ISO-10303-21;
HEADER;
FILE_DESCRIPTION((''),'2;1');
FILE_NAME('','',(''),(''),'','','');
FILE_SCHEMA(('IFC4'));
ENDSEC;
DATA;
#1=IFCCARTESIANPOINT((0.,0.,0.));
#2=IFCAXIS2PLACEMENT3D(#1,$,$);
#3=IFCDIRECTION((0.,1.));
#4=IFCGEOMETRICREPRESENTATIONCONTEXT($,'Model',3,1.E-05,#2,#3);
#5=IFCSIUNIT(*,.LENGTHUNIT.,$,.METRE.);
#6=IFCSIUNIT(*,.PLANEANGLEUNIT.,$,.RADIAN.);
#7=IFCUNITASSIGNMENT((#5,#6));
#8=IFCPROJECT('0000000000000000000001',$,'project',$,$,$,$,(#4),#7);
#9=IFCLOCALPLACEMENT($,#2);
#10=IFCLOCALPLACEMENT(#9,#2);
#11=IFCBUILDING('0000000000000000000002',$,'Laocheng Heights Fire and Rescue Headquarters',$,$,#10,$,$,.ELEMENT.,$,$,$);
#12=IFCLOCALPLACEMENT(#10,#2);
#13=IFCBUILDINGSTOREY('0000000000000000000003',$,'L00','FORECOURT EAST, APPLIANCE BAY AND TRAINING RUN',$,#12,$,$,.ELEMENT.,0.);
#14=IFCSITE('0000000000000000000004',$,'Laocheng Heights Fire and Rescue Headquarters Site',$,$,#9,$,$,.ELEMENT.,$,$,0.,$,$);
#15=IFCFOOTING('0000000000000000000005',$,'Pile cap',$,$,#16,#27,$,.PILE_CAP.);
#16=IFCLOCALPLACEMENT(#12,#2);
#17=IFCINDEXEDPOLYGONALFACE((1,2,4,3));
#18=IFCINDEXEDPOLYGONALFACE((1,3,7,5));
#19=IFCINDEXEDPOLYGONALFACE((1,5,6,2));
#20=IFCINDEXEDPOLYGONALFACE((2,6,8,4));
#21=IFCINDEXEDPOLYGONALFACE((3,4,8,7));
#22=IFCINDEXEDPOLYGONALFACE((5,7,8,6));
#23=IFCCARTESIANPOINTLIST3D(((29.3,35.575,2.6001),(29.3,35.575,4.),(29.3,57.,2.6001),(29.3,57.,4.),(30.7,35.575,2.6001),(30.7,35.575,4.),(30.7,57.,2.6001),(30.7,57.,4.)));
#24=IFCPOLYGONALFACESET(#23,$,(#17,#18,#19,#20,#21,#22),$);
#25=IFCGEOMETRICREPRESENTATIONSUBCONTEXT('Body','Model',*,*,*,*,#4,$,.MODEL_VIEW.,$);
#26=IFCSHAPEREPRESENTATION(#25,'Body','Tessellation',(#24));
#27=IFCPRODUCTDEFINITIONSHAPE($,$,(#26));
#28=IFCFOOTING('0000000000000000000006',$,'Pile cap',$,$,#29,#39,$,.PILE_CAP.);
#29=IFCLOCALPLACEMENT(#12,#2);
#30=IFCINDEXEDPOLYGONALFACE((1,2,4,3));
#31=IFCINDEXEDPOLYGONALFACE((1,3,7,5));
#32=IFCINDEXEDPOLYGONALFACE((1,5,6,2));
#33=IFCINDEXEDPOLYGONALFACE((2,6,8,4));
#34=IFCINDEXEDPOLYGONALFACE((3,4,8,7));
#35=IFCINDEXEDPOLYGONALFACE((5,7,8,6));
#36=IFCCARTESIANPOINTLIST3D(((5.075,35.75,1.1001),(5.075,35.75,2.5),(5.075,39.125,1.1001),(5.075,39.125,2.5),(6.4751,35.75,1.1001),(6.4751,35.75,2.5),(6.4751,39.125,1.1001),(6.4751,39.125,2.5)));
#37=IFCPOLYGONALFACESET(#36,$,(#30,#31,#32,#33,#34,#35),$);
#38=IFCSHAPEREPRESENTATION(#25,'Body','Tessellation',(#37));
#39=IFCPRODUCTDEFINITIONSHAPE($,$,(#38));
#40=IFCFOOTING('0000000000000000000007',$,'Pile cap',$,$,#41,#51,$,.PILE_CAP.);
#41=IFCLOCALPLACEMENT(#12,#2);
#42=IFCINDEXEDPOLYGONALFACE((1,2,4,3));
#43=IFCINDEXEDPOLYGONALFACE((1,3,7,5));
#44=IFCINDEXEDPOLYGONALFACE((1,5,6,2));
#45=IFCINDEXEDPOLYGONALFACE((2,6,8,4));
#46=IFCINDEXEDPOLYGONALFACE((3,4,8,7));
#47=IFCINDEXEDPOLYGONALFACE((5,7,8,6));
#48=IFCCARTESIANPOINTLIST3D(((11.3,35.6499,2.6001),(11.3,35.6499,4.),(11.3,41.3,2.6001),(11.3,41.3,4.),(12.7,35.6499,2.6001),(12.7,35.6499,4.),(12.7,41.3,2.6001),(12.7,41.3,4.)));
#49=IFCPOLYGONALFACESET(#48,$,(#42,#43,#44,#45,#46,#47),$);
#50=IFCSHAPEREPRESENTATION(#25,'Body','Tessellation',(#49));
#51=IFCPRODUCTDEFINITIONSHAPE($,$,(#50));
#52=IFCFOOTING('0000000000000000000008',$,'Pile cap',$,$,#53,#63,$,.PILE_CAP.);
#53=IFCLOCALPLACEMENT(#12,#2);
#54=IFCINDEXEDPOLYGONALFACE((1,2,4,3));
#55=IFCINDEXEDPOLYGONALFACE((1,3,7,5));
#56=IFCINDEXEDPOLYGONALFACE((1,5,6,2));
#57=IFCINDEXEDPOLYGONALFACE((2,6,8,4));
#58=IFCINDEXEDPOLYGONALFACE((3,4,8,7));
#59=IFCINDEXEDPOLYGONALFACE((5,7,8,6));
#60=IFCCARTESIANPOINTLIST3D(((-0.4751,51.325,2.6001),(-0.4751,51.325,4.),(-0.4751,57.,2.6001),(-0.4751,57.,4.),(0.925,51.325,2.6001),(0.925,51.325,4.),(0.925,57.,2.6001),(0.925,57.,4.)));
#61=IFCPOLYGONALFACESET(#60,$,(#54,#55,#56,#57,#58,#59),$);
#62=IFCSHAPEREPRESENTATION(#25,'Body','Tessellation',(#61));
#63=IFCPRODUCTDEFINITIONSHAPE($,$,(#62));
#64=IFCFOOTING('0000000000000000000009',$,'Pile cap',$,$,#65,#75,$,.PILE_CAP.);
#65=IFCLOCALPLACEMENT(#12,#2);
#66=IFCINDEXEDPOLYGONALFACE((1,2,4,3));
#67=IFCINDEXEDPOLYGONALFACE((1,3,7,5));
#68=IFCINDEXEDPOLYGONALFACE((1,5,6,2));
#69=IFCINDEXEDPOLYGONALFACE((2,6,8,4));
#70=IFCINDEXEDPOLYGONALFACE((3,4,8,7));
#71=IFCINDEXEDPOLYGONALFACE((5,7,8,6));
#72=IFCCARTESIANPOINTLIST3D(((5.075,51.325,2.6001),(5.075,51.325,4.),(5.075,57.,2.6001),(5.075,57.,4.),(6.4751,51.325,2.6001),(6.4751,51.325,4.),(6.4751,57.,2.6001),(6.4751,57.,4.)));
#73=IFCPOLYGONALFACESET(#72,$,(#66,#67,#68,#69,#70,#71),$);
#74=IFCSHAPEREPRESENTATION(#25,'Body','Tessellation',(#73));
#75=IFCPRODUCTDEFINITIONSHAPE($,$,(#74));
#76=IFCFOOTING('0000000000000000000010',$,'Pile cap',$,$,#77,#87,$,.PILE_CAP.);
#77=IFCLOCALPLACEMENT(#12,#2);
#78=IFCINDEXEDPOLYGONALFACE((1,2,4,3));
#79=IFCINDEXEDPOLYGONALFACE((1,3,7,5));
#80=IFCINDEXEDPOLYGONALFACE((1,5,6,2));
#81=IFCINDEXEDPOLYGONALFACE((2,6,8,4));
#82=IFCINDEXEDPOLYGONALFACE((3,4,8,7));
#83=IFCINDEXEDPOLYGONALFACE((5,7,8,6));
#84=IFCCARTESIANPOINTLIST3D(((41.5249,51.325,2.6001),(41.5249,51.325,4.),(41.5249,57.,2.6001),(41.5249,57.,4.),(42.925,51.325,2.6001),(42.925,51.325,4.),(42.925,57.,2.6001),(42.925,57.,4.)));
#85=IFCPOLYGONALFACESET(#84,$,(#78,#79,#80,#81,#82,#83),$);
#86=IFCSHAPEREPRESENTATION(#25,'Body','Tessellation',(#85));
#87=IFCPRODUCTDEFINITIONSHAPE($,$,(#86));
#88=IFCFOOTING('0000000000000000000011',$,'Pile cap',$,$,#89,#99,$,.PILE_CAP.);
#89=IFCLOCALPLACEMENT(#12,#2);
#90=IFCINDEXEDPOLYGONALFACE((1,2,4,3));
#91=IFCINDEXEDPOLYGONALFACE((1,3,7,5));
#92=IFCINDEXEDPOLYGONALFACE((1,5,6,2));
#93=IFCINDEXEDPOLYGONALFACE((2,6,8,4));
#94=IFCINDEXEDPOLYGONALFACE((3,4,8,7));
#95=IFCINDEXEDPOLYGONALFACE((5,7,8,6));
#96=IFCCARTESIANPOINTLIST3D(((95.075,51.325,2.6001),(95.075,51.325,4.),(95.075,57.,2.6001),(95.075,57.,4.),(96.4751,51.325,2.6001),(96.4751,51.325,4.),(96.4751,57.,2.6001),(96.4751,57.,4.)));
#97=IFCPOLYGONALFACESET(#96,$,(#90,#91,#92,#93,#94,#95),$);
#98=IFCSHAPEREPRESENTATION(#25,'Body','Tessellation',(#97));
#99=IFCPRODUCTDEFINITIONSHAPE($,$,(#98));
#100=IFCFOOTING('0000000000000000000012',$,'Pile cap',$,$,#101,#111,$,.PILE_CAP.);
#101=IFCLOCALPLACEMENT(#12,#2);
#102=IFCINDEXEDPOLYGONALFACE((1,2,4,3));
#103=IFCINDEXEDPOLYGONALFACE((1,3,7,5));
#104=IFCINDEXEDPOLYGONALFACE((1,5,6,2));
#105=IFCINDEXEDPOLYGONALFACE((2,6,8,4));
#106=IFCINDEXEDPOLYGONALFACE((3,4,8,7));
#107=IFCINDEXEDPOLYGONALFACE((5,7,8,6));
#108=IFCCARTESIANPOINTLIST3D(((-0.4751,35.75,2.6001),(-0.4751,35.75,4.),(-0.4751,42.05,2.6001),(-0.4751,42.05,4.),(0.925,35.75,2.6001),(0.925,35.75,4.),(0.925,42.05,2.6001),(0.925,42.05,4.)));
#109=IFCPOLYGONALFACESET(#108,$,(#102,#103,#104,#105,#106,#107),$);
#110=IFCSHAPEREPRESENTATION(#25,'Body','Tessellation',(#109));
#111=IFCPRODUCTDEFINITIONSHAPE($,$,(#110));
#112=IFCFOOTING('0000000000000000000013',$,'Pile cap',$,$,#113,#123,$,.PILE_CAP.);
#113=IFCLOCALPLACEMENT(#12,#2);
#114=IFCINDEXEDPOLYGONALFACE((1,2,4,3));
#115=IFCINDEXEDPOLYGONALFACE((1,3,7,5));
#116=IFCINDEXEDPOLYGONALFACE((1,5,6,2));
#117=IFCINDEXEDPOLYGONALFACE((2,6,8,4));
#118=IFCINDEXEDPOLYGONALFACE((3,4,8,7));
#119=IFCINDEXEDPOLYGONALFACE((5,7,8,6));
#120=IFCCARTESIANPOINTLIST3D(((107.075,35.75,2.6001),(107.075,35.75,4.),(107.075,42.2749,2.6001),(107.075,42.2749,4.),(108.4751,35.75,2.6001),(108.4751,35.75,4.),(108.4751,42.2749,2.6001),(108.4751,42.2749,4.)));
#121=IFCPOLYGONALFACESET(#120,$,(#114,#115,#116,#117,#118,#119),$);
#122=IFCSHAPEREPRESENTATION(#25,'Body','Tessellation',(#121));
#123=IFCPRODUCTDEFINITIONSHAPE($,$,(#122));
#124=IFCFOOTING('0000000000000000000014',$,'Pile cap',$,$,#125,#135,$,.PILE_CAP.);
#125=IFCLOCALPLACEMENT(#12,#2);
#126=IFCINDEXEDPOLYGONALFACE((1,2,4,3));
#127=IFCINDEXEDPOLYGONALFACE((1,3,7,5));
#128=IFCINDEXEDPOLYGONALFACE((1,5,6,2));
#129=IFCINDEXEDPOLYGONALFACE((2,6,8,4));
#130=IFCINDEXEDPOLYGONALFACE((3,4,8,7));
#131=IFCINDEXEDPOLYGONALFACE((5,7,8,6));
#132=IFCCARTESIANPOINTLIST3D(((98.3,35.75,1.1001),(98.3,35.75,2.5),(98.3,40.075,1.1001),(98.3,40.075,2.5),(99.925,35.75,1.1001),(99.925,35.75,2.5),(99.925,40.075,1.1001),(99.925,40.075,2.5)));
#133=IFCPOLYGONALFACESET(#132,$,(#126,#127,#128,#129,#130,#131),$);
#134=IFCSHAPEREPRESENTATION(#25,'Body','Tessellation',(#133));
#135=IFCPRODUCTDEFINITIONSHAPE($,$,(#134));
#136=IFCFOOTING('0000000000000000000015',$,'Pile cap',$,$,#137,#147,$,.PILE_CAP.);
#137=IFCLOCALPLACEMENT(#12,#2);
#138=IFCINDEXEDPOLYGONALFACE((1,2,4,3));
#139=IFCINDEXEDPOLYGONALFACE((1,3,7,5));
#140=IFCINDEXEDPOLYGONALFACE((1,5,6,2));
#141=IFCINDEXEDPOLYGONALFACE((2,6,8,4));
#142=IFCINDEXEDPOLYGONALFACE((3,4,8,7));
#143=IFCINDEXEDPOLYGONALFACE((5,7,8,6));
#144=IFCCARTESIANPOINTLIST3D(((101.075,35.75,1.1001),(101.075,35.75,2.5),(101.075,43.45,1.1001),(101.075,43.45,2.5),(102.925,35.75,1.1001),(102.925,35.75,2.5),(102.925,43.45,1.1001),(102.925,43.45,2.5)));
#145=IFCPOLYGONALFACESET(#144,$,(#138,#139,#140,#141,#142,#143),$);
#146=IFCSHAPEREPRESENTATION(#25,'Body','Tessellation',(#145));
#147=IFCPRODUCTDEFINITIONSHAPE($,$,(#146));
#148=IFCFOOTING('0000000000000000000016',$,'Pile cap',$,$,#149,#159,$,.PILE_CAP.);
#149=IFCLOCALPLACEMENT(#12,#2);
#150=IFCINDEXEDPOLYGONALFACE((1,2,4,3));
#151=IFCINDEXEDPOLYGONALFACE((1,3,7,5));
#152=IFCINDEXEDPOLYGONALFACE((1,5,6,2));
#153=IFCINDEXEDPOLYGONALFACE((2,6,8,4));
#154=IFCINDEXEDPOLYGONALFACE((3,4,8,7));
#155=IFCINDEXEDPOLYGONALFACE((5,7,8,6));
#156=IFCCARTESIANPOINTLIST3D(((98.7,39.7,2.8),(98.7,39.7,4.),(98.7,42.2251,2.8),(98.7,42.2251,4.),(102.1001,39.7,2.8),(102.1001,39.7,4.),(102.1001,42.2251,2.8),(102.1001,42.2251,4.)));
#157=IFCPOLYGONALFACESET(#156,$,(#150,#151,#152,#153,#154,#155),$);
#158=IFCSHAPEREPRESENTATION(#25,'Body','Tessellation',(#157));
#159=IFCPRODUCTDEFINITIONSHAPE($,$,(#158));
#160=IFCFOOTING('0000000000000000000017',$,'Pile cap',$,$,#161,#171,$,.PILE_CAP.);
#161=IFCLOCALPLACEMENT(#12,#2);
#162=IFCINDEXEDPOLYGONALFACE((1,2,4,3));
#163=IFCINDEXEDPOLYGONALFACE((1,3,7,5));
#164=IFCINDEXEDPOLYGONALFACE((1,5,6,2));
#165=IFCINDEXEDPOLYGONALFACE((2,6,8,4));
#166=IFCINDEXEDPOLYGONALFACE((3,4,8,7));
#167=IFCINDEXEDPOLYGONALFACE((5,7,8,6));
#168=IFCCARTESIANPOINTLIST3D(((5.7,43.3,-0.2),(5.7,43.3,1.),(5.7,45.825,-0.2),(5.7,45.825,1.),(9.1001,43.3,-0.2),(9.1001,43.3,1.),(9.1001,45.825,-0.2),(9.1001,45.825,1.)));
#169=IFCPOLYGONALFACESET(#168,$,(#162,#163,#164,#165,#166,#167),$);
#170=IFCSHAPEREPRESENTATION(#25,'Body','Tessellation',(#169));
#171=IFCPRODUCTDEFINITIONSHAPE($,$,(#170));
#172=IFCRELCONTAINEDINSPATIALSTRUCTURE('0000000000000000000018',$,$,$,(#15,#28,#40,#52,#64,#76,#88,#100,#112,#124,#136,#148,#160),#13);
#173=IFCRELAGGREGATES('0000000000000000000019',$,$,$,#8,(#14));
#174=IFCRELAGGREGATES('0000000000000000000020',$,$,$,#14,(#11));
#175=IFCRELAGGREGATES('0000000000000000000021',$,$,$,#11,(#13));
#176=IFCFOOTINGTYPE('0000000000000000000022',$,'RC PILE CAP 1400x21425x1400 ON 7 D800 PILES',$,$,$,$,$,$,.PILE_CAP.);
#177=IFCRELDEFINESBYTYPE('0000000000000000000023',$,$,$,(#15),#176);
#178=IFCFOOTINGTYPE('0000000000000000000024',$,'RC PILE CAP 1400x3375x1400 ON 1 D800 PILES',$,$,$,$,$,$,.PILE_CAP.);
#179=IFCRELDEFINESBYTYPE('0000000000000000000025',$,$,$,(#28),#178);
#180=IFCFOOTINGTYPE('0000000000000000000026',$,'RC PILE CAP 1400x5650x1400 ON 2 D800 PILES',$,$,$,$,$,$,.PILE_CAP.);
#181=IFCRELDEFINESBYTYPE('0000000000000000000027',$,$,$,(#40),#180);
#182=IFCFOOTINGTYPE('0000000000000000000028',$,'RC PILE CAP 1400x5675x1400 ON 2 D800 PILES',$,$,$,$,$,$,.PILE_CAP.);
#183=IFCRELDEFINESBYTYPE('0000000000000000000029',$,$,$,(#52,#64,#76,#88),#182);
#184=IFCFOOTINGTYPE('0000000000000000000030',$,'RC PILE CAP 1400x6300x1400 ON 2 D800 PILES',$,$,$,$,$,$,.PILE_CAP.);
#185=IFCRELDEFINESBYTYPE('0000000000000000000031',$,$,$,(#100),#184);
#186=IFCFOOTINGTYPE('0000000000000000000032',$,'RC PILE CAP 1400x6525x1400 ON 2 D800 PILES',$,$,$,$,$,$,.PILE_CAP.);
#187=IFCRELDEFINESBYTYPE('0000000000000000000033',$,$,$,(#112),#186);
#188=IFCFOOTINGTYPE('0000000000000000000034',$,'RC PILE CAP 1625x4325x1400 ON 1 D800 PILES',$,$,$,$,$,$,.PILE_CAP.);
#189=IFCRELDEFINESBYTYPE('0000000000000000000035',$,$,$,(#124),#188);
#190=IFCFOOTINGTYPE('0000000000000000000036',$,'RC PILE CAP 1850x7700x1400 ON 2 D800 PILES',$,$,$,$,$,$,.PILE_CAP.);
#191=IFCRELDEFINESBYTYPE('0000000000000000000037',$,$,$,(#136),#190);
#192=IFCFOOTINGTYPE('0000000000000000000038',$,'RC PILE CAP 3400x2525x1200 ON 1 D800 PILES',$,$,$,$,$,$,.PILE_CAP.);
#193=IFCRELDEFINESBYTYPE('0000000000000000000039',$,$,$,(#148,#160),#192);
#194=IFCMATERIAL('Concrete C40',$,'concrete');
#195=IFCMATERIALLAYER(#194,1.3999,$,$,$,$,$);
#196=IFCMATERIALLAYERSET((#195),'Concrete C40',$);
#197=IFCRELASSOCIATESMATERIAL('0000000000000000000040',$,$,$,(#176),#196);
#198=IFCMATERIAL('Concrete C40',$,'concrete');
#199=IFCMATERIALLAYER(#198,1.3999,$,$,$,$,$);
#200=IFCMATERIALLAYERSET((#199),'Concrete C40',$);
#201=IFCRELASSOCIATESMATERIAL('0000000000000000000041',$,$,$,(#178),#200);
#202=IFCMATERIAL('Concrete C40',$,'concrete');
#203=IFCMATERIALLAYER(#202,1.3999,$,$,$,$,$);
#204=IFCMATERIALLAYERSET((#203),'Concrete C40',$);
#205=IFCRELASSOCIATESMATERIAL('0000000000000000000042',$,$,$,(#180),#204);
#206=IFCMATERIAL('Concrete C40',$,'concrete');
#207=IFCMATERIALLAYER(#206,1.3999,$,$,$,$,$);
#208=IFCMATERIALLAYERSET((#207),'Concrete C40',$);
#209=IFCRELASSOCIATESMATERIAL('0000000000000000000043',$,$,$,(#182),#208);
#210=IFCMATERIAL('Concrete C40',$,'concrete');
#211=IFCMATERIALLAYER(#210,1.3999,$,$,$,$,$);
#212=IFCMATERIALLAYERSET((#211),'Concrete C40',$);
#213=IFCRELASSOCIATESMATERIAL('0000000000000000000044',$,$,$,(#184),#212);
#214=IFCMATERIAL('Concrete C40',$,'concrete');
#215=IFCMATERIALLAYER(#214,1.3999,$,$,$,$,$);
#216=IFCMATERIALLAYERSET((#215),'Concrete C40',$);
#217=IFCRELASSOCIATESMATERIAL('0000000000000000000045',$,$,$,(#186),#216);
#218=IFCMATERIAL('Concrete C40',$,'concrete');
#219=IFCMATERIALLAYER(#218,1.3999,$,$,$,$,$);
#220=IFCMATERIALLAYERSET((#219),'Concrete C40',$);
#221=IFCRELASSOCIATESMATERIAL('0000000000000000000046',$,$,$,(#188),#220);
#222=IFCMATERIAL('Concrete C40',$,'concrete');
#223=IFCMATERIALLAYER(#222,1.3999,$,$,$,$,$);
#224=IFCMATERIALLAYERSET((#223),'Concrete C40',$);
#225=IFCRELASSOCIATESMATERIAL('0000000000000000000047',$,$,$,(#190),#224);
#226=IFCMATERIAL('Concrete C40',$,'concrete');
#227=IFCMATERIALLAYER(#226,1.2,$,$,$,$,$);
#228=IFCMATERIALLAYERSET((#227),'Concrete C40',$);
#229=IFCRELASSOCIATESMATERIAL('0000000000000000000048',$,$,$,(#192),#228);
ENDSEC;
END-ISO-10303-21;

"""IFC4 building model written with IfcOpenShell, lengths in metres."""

from ifc_helpers import new_model, si_unit, direction, frame, origin, place, context, subcontext, project, spatial, polyline, outline, extrude, material, layer, layer_set, type_object, element, save


model = new_model("IFC4")

# Units and contexts
model_context = context("Model", 3, precision=1e-05, world=origin(), true_north=direction((0.0, 1.0)))
body_context = subcontext(model_context, "Body", "Model", "MODEL_VIEW")
ifc_project = project(units=[si_unit("LENGTHUNIT", "METRE"), si_unit("PLANEANGLEUNIT", "RADIAN")], contexts=[model_context])

# Site, building, storey
site_placement = place(None, origin())
site = spatial("IfcSite", under=ifc_project, at=site_placement, Name="Laocheng Heights Fire and Rescue Headquarters Site", CompositionType="ELEMENT", RefElevation=0.0)
building_placement = place(site_placement, origin())
building = spatial("IfcBuilding", under=site, at=building_placement, Name="Laocheng Heights Fire and Rescue Headquarters", CompositionType="ELEMENT")
storey_placement = place(building_placement, origin())
storey = spatial("IfcBuildingStorey", under=building, at=storey_placement, Name="L00", Description="FORECOURT EAST, APPLIANCE BAY AND TRAINING RUN", CompositionType="ELEMENT", Elevation=0.0)

# Footings
ifc_material_1 = material(Name="Concrete C40", Category="concrete")
ifc_layer_1 = layer(ifc_material_1, 1.3999)
ifc_layer_set_1 = layer_set([ifc_layer_1], Name="Concrete C40")
footing_type_1 = type_object("IfcFootingType", Name="RC PILE CAP 1400x21425x1400 ON 7 D800 PILES", PredefinedType="PILE_CAP", material=ifc_layer_set_1)
footing_1_placement = place(storey_placement, frame((0.0, 0.0, 2.6001)))
element("IfcFooting", 1, at=footing_1_placement, inside=storey, type_object=footing_type_1, Name="Pile cap", PredefinedType="PILE_CAP", context=body_context, shape_type="SweptSolid", body=[
    extrude(outline(polyline([(30.7, 57.0), (29.3, 57.0), (29.3, 35.575), (30.7, 35.575), (30.7, 57.0)])), origin(), (0.0, 0.0, 1.0), 1.3999),
])
ifc_material_2 = material(Name="Concrete C40", Category="concrete")
ifc_layer_2 = layer(ifc_material_2, 1.3999)
ifc_layer_set_2 = layer_set([ifc_layer_2], Name="Concrete C40")
footing_type_2 = type_object("IfcFootingType", Name="RC PILE CAP 1400x3375x1400 ON 1 D800 PILES", PredefinedType="PILE_CAP", material=ifc_layer_set_2)
footing_2_placement = place(storey_placement, frame((0.0, 0.0, 1.1001)))
element("IfcFooting", 2, at=footing_2_placement, inside=storey, type_object=footing_type_2, Name="Pile cap", PredefinedType="PILE_CAP", context=body_context, shape_type="SweptSolid", body=[
    extrude(outline(polyline([(6.4751, 35.75), (6.4751, 39.125), (5.075, 39.125), (5.075, 35.75), (6.4751, 35.75)])), origin(), (0.0, 0.0, 1.0), 1.3999),
])
ifc_material_3 = material(Name="Concrete C40", Category="concrete")
ifc_layer_3 = layer(ifc_material_3, 1.3999)
ifc_layer_set_3 = layer_set([ifc_layer_3], Name="Concrete C40")
footing_type_3 = type_object("IfcFootingType", Name="RC PILE CAP 1400x5650x1400 ON 2 D800 PILES", PredefinedType="PILE_CAP", material=ifc_layer_set_3)
footing_3_placement = place(storey_placement, frame((0.0, 0.0, 2.6001)))
element("IfcFooting", 3, at=footing_3_placement, inside=storey, type_object=footing_type_3, Name="Pile cap", PredefinedType="PILE_CAP", context=body_context, shape_type="SweptSolid", body=[
    extrude(outline(polyline([(12.7, 35.6499), (12.7, 41.3), (11.3, 41.3), (11.3, 35.6499), (12.7, 35.6499)])), origin(), (0.0, 0.0, 1.0), 1.3999),
])
ifc_material_4 = material(Name="Concrete C40", Category="concrete")
ifc_layer_4 = layer(ifc_material_4, 1.3999)
ifc_layer_set_4 = layer_set([ifc_layer_4], Name="Concrete C40")
footing_type_4 = type_object("IfcFootingType", Name="RC PILE CAP 1400x5675x1400 ON 2 D800 PILES", PredefinedType="PILE_CAP", material=ifc_layer_set_4)
footing_4_placement = place(storey_placement, frame((0.0, 0.0, 2.6001)))
element("IfcFooting", 4, at=footing_4_placement, inside=storey, type_object=footing_type_4, Name="Pile cap", PredefinedType="PILE_CAP", context=body_context, shape_type="SweptSolid", body=[
    extrude(outline(polyline([(0.925, 51.325), (0.925, 57.0), (-0.4751, 57.0), (-0.4751, 51.325), (0.925, 51.325)])), origin(), (0.0, 0.0, 1.0), 1.3999),
])
footing_5_placement = place(storey_placement, frame((0.0, 0.0, 2.6001)))
element("IfcFooting", 5, at=footing_5_placement, inside=storey, type_object=footing_type_4, Name="Pile cap", PredefinedType="PILE_CAP", context=body_context, shape_type="SweptSolid", body=[
    extrude(outline(polyline([(6.4751, 51.325), (6.4751, 57.0), (5.075, 57.0), (5.075, 51.325), (6.4751, 51.325)])), origin(), (0.0, 0.0, 1.0), 1.3999),
])
footing_6_placement = place(storey_placement, frame((0.0, 0.0, 2.6001)))
element("IfcFooting", 6, at=footing_6_placement, inside=storey, type_object=footing_type_4, Name="Pile cap", PredefinedType="PILE_CAP", context=body_context, shape_type="SweptSolid", body=[
    extrude(outline(polyline([(42.925, 51.325), (42.925, 57.0), (41.5249, 57.0), (41.5249, 51.325), (42.925, 51.325)])), origin(), (0.0, 0.0, 1.0), 1.3999),
])
footing_7_placement = place(storey_placement, frame((0.0, 0.0, 2.6001)))
element("IfcFooting", 7, at=footing_7_placement, inside=storey, type_object=footing_type_4, Name="Pile cap", PredefinedType="PILE_CAP", context=body_context, shape_type="SweptSolid", body=[
    extrude(outline(polyline([(96.4751, 51.325), (96.4751, 57.0), (95.075, 57.0), (95.075, 51.325), (96.4751, 51.325)])), origin(), (0.0, 0.0, 1.0), 1.3999),
])
ifc_material_5 = material(Name="Concrete C40", Category="concrete")
ifc_layer_5 = layer(ifc_material_5, 1.3999)
ifc_layer_set_5 = layer_set([ifc_layer_5], Name="Concrete C40")
footing_type_5 = type_object("IfcFootingType", Name="RC PILE CAP 1400x6300x1400 ON 2 D800 PILES", PredefinedType="PILE_CAP", material=ifc_layer_set_5)
footing_8_placement = place(storey_placement, frame((0.0, 0.0, 2.6001)))
element("IfcFooting", 8, at=footing_8_placement, inside=storey, type_object=footing_type_5, Name="Pile cap", PredefinedType="PILE_CAP", context=body_context, shape_type="SweptSolid", body=[
    extrude(outline(polyline([(0.925, 35.75), (0.925, 42.05), (-0.4751, 42.05), (-0.4751, 35.75), (0.925, 35.75)])), origin(), (0.0, 0.0, 1.0), 1.3999),
])
ifc_material_6 = material(Name="Concrete C40", Category="concrete")
ifc_layer_6 = layer(ifc_material_6, 1.3999)
ifc_layer_set_6 = layer_set([ifc_layer_6], Name="Concrete C40")
footing_type_6 = type_object("IfcFootingType", Name="RC PILE CAP 1400x6525x1400 ON 2 D800 PILES", PredefinedType="PILE_CAP", material=ifc_layer_set_6)
footing_9_placement = place(storey_placement, frame((0.0, 0.0, 2.6001)))
element("IfcFooting", 9, at=footing_9_placement, inside=storey, type_object=footing_type_6, Name="Pile cap", PredefinedType="PILE_CAP", context=body_context, shape_type="SweptSolid", body=[
    extrude(outline(polyline([(108.4751, 35.75), (108.4751, 42.2749), (107.075, 42.2749), (107.075, 35.75), (108.4751, 35.75)])), origin(), (0.0, 0.0, 1.0), 1.3999),
])
ifc_material_7 = material(Name="Concrete C40", Category="concrete")
ifc_layer_7 = layer(ifc_material_7, 1.3999)
ifc_layer_set_7 = layer_set([ifc_layer_7], Name="Concrete C40")
footing_type_7 = type_object("IfcFootingType", Name="RC PILE CAP 1625x4325x1400 ON 1 D800 PILES", PredefinedType="PILE_CAP", material=ifc_layer_set_7)
footing_10_placement = place(storey_placement, frame((0.0, 0.0, 1.1001)))
element("IfcFooting", 10, at=footing_10_placement, inside=storey, type_object=footing_type_7, Name="Pile cap", PredefinedType="PILE_CAP", context=body_context, shape_type="SweptSolid", body=[
    extrude(outline(polyline([(99.925, 35.75), (99.925, 40.075), (98.3, 40.075), (98.3, 35.75), (99.925, 35.75)])), origin(), (0.0, 0.0, 1.0), 1.3999),
])
ifc_material_8 = material(Name="Concrete C40", Category="concrete")
ifc_layer_8 = layer(ifc_material_8, 1.3999)
ifc_layer_set_8 = layer_set([ifc_layer_8], Name="Concrete C40")
footing_type_8 = type_object("IfcFootingType", Name="RC PILE CAP 1850x7700x1400 ON 2 D800 PILES", PredefinedType="PILE_CAP", material=ifc_layer_set_8)
footing_11_placement = place(storey_placement, frame((0.0, 0.0, 1.1001)))
element("IfcFooting", 11, at=footing_11_placement, inside=storey, type_object=footing_type_8, Name="Pile cap", PredefinedType="PILE_CAP", context=body_context, shape_type="SweptSolid", body=[
    extrude(outline(polyline([(102.925, 35.75), (102.925, 43.45), (101.075, 43.45), (101.075, 35.75), (102.925, 35.75)])), origin(), (0.0, 0.0, 1.0), 1.3999),
])
ifc_material_9 = material(Name="Concrete C40", Category="concrete")
ifc_layer_9 = layer(ifc_material_9, 1.2)
ifc_layer_set_9 = layer_set([ifc_layer_9], Name="Concrete C40")
footing_type_9 = type_object("IfcFootingType", Name="RC PILE CAP 3400x2525x1200 ON 1 D800 PILES", PredefinedType="PILE_CAP", material=ifc_layer_set_9)
footing_12_placement = place(storey_placement, frame((0.0, 0.0, 2.8)))
element("IfcFooting", 12, at=footing_12_placement, inside=storey, type_object=footing_type_9, Name="Pile cap", PredefinedType="PILE_CAP", context=body_context, shape_type="SweptSolid", body=[
    extrude(outline(polyline([(98.7, 39.7), (102.1001, 39.7), (102.1001, 42.2251), (98.7, 42.2251), (98.7, 39.7)])), origin(), (0.0, 0.0, 1.0), 1.2),
])
footing_13_placement = place(storey_placement, frame((0.0, 0.0, -0.2)))
element("IfcFooting", 13, at=footing_13_placement, inside=storey, type_object=footing_type_9, Name="Pile cap", PredefinedType="PILE_CAP", context=body_context, shape_type="SweptSolid", body=[
    extrude(outline(polyline([(5.7, 43.3), (9.1001, 43.3), (9.1001, 45.825), (5.7, 45.825), (5.7, 43.3)])), origin(), (0.0, 0.0, 1.0), 1.2),
])

save(model, "model.ifc")
